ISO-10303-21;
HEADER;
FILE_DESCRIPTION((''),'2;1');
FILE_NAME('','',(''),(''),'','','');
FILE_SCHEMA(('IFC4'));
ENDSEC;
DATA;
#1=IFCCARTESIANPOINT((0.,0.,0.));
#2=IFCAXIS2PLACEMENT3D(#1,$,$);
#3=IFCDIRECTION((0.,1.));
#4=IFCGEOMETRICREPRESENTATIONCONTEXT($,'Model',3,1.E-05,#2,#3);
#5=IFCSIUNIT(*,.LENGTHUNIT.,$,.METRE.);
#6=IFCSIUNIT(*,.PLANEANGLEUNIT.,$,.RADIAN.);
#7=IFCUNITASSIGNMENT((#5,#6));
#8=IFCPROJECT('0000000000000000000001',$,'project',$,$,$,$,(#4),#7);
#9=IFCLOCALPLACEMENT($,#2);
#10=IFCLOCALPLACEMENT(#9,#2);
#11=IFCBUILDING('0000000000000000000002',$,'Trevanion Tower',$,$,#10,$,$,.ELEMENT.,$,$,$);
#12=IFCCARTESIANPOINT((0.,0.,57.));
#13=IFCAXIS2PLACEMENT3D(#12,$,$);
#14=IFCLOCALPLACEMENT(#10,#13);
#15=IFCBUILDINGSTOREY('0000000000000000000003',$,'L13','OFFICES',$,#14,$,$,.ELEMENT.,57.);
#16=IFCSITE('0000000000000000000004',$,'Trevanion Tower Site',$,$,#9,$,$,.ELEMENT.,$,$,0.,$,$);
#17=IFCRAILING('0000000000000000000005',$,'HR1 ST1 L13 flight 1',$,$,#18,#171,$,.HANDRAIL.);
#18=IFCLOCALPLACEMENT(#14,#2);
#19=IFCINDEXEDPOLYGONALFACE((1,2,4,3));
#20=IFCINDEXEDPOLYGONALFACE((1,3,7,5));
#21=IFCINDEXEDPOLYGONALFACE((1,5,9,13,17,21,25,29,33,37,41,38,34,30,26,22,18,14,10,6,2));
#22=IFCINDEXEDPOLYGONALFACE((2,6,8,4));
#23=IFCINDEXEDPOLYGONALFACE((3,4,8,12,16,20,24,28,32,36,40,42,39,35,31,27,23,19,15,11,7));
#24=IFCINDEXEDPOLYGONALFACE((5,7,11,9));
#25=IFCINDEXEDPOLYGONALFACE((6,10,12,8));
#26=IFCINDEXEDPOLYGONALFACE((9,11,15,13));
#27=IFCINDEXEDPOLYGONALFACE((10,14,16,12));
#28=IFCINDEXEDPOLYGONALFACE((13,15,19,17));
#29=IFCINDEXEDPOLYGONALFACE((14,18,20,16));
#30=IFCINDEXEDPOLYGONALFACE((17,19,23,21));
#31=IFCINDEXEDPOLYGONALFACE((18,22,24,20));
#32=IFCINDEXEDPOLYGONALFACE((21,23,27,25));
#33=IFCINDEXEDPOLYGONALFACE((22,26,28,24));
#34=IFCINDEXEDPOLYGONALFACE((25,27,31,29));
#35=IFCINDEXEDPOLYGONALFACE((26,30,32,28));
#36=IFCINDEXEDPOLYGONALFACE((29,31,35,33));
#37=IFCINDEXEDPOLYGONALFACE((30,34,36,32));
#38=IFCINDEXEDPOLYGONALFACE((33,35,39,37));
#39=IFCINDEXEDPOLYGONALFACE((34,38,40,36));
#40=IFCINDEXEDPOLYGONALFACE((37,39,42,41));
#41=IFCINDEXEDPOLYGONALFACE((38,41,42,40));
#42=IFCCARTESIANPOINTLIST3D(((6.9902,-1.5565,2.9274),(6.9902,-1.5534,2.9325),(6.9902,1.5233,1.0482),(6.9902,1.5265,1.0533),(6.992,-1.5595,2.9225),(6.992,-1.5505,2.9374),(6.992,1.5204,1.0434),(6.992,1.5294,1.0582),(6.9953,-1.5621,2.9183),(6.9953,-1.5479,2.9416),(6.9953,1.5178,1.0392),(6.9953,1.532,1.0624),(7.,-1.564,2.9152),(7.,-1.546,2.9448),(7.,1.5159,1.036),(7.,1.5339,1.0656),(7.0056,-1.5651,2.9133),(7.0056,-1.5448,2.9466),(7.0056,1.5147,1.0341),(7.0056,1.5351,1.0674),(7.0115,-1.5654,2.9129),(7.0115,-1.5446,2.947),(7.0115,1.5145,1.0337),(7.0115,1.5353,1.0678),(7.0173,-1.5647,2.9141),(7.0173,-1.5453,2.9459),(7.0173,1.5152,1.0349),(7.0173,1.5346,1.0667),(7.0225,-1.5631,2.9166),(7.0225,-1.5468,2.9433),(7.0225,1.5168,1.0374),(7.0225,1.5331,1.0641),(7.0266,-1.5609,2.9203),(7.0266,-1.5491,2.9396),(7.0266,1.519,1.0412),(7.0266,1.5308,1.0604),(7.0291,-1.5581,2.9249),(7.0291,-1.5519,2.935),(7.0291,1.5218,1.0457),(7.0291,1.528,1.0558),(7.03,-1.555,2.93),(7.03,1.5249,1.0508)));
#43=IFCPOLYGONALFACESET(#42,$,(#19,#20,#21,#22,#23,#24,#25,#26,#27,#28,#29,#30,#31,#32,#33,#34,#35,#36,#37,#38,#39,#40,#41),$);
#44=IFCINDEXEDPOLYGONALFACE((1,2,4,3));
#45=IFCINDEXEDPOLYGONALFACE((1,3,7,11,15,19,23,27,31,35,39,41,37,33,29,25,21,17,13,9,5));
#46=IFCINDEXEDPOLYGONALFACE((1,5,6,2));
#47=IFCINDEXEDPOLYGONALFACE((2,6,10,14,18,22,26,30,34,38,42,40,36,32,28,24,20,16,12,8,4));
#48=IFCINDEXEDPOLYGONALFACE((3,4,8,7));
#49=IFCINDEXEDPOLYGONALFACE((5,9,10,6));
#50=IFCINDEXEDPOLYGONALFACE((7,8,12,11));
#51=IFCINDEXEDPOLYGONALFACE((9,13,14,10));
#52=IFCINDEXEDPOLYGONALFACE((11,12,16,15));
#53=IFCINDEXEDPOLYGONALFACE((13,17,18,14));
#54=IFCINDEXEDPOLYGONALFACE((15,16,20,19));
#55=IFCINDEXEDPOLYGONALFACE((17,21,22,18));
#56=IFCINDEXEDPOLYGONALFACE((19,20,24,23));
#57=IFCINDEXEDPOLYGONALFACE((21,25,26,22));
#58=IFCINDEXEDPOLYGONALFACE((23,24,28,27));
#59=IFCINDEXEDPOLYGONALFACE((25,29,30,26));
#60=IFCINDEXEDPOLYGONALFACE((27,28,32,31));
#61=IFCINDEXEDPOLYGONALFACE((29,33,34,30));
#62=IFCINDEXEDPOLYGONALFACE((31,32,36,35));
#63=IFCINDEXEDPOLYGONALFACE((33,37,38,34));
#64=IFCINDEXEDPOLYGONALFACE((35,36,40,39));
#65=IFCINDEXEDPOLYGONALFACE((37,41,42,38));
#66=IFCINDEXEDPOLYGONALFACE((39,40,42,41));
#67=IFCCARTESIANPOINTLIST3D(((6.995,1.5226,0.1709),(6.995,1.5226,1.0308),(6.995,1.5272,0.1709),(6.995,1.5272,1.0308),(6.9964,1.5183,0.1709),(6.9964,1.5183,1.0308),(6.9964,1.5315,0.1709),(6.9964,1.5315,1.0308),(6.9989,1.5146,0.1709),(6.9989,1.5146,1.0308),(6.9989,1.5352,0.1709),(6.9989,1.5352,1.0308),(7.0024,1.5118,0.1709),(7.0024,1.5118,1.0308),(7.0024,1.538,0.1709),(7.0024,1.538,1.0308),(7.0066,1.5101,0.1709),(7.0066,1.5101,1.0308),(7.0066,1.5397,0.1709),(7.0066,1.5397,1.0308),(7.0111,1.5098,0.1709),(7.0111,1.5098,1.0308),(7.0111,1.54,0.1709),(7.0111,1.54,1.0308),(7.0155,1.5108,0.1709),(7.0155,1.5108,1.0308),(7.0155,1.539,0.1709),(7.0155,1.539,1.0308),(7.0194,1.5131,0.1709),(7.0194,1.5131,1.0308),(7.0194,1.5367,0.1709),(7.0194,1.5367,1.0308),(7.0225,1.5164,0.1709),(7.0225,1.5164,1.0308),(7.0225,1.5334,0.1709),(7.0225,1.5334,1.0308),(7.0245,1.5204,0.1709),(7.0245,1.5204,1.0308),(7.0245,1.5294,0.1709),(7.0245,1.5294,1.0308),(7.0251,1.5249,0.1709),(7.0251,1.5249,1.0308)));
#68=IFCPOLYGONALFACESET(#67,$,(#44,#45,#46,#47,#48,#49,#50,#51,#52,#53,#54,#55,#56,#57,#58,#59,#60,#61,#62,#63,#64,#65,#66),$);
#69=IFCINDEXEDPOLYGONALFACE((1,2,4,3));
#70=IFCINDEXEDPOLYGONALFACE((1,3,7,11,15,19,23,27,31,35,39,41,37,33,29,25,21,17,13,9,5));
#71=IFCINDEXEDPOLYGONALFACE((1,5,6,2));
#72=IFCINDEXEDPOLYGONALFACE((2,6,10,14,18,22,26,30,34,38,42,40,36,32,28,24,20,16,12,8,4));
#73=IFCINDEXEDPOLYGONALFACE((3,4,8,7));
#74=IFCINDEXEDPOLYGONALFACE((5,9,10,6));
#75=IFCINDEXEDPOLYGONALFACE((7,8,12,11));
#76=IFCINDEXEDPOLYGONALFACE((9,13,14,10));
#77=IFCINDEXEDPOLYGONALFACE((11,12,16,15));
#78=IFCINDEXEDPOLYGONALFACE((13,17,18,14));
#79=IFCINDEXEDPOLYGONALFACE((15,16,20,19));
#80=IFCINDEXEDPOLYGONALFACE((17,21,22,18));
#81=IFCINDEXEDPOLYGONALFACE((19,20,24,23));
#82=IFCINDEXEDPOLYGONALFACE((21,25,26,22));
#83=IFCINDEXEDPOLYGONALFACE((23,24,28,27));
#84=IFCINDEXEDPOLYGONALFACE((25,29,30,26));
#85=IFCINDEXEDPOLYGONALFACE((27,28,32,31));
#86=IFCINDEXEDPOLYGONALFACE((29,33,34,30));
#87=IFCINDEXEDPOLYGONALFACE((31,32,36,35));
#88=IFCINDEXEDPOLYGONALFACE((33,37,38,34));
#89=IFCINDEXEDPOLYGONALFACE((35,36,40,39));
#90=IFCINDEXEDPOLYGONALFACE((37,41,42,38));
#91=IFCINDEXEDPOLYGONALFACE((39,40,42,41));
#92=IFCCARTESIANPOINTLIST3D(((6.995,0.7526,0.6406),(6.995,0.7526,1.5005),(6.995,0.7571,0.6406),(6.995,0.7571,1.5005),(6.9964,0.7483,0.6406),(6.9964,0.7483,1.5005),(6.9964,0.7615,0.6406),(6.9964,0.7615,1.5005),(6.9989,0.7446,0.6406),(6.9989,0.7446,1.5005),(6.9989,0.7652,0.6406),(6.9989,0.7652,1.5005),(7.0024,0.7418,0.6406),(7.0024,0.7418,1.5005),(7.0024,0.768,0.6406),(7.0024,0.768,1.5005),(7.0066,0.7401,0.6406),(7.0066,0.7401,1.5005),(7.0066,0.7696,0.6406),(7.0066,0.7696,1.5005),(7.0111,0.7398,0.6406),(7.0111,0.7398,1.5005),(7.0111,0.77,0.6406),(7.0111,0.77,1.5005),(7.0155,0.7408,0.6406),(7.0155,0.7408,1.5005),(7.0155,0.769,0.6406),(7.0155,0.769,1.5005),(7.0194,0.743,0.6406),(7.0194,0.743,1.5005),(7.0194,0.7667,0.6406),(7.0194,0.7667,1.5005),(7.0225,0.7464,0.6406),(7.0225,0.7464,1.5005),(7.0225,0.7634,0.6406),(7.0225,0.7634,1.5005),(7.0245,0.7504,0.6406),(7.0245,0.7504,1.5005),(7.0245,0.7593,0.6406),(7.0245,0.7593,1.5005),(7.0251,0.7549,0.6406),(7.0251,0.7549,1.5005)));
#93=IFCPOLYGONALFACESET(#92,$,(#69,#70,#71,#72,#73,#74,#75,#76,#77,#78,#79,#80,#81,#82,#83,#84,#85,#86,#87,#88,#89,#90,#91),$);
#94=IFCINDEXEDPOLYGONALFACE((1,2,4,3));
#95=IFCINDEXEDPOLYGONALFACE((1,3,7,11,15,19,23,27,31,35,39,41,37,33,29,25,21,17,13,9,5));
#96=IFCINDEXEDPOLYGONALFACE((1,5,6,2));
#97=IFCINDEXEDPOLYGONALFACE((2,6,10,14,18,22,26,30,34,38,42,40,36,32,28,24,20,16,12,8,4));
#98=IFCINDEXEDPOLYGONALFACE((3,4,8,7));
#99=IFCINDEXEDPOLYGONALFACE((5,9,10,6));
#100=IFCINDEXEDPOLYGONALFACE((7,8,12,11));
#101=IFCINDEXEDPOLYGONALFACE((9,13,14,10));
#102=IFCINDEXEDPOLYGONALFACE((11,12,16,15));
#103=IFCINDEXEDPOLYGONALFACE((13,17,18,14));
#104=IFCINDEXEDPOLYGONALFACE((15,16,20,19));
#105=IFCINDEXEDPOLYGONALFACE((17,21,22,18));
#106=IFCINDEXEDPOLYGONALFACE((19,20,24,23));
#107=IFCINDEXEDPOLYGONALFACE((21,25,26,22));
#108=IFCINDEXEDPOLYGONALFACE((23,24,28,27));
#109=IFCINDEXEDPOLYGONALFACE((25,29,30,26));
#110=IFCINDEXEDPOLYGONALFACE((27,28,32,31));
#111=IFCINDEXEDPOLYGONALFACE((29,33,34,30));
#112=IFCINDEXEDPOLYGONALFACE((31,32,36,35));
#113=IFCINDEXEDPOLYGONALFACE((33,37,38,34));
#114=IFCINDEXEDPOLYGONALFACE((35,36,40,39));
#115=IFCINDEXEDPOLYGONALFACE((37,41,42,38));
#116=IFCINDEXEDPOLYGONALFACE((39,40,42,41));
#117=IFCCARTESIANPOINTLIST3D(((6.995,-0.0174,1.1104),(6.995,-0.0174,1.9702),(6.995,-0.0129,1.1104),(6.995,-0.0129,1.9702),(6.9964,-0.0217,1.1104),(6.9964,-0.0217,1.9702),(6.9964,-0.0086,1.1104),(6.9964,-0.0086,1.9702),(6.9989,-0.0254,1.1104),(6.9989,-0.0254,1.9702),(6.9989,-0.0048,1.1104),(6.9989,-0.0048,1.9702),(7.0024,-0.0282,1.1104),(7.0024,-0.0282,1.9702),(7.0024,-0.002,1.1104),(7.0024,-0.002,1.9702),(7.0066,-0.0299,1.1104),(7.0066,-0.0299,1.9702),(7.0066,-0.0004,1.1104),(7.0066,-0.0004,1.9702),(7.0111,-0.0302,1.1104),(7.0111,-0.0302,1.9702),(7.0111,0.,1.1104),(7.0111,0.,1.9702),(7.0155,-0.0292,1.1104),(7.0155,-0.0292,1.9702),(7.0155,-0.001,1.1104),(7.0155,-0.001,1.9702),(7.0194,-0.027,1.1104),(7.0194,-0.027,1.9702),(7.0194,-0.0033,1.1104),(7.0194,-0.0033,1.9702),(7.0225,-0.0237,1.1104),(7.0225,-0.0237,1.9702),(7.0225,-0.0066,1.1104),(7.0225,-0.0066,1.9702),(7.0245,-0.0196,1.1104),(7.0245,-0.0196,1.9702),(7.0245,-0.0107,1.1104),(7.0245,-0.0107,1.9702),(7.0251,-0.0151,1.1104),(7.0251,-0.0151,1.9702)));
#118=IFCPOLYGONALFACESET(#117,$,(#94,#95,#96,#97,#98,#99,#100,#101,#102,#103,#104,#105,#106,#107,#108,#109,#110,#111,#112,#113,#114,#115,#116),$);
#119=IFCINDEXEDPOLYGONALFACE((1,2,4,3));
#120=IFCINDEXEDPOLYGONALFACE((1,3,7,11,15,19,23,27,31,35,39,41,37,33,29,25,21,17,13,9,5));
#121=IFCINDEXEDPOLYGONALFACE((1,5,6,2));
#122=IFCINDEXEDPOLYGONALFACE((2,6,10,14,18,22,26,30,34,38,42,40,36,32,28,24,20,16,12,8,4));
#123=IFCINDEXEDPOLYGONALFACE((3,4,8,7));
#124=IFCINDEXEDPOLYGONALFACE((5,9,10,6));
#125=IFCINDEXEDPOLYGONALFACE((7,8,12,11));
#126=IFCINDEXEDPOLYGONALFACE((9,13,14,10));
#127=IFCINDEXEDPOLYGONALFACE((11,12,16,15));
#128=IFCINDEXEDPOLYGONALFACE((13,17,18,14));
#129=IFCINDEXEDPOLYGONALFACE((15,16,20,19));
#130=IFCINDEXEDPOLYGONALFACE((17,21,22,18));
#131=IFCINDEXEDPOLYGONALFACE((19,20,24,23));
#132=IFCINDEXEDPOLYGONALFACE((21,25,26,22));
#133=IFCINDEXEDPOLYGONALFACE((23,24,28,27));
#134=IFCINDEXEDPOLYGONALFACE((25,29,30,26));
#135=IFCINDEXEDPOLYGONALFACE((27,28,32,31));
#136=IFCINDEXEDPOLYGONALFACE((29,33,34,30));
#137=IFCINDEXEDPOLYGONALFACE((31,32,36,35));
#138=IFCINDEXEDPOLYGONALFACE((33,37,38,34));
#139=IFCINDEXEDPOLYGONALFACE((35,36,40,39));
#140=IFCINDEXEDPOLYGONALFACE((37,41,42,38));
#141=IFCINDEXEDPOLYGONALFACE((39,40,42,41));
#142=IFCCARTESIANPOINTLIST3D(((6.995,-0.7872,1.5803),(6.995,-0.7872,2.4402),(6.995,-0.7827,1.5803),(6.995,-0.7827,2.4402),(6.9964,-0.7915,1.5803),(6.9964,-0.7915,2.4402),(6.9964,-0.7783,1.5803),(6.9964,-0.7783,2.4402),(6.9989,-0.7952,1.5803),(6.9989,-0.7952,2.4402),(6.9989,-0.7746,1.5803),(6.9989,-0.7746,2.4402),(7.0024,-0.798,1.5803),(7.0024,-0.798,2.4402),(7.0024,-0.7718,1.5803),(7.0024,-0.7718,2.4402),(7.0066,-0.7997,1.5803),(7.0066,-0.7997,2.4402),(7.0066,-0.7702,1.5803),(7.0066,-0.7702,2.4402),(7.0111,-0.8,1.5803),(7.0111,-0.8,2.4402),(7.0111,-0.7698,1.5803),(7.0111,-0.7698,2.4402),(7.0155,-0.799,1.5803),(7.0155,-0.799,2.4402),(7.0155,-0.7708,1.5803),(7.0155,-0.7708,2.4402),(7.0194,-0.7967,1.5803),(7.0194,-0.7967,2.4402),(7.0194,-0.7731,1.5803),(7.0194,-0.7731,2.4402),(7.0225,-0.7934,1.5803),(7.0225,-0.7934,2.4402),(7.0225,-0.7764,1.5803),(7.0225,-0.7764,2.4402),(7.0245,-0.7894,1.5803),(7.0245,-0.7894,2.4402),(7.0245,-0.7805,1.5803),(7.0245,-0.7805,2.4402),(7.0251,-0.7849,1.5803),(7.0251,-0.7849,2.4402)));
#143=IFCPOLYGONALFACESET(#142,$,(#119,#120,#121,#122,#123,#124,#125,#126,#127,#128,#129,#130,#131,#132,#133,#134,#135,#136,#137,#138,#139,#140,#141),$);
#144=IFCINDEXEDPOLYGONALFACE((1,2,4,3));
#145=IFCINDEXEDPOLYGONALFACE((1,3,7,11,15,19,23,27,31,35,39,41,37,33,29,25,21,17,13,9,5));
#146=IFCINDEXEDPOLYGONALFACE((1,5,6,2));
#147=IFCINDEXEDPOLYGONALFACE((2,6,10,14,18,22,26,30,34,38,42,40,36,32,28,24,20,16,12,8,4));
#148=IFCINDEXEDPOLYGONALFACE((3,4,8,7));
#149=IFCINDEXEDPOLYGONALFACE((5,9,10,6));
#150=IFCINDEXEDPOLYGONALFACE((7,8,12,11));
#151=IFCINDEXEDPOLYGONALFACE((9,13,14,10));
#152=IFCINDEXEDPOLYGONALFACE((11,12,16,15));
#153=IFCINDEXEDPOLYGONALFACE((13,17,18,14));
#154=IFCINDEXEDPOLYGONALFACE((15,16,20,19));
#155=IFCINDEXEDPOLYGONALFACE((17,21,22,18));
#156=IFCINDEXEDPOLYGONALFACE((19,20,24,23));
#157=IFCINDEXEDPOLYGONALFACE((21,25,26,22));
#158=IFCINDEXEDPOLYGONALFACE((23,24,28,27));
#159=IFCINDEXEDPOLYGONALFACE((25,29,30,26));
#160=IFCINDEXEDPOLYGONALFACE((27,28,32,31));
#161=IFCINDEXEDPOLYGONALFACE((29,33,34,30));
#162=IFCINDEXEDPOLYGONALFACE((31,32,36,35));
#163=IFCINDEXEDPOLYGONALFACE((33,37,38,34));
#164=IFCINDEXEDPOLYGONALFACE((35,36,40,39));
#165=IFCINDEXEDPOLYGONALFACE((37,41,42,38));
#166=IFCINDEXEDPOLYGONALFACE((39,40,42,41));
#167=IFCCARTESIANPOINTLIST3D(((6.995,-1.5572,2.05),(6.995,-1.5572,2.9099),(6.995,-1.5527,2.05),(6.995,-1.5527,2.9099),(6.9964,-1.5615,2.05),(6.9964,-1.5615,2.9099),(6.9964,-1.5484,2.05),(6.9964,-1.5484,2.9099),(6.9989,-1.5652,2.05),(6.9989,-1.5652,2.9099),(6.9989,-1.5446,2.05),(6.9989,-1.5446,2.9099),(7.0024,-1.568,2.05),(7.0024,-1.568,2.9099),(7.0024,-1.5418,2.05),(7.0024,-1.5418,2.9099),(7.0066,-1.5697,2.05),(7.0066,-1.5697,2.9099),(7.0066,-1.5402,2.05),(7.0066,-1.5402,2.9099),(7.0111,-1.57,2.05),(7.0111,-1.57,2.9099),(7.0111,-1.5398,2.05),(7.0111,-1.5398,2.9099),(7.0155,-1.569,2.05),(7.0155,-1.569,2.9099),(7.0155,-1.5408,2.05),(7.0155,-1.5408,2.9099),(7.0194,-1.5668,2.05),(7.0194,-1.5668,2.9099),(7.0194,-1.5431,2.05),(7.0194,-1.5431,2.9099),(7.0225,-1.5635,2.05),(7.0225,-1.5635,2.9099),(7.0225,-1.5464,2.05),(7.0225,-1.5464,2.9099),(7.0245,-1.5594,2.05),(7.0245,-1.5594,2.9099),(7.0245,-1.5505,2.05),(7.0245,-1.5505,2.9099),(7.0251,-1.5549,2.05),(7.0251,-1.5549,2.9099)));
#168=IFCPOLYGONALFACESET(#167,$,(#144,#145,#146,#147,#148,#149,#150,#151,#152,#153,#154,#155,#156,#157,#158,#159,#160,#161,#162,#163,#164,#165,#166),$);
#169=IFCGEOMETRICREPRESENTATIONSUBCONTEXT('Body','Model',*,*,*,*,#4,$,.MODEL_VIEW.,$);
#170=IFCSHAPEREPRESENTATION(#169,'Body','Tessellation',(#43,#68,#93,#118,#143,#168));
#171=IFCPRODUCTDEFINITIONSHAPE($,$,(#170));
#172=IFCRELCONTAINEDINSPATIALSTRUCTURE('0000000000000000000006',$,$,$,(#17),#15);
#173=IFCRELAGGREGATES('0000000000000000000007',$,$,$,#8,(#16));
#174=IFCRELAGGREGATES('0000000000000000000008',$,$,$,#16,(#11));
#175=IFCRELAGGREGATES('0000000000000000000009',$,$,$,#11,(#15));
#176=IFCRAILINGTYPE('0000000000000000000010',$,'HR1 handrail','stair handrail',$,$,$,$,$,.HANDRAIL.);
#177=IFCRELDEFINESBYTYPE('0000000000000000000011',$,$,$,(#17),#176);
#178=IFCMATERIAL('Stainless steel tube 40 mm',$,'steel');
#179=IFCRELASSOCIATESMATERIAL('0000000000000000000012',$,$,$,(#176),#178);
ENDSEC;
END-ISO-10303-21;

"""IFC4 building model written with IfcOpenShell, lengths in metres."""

from ifc_helpers import new_model, si_unit, direction, frame, origin, origin_2d, place, context, subcontext, project, spatial, circle, extrude, material, type_object, element, save


model = new_model("IFC4")

# Units and contexts
model_context = context("Model", 3, precision=1e-05, world=origin(), true_north=direction((0.0, 1.0)))
body_context = subcontext(model_context, "Body", "Model", "MODEL_VIEW")
ifc_project = project(units=[si_unit("LENGTHUNIT", "METRE"), si_unit("PLANEANGLEUNIT", "RADIAN")], contexts=[model_context])

# Site, building, storey
site_placement = place(None, origin())
site = spatial("IfcSite", under=ifc_project, at=site_placement, Name="Trevanion Tower Site", CompositionType="ELEMENT", RefElevation=0.0)
building_placement = place(site_placement, origin())
building = spatial("IfcBuilding", under=site, at=building_placement, Name="Trevanion Tower", CompositionType="ELEMENT")
storey_placement = place(building_placement, frame((0.0, 0.0, 57.0)))
storey = spatial("IfcBuildingStorey", under=building, at=storey_placement, Name="L13", Description="OFFICES", CompositionType="ELEMENT", Elevation=57.0)

# Railing
ifc_material_1 = material(Name="Stainless steel tube 40 mm", Category="steel")
railing_type = type_object("IfcRailingType", Name="HR1 handrail", Description="stair handrail", PredefinedType="HANDRAIL", material=ifc_material_1)
for number, where, name in (
    (1, (7.01, 1.5249, 0.1709), "HR1 ST1 L13 flight 1"),
):
    element("IfcRailing", number, at=place(storey_placement, frame(where)), inside=storey, type_object=railing_type, Name=name, PredefinedType="HANDRAIL", context=body_context, shape_type="SweptSolid", body=[
        extrude(circle(Radius=0.02, at=origin_2d()), frame((0.0, 0.0, 0.8799), z_axis=(0.0, -0.853648, 0.52085), x_axis=(1.0, 0.0, 0.0)), (0.0, 0.0, 1.0), 3.6079),
        extrude(circle(Radius=0.0151, at=origin_2d()), origin(), (0.0, 0.0, 1.0), 0.8599),
        extrude(circle(Radius=0.0151, at=origin_2d()), frame((0.0, -0.77, 0.4697)), (0.0, 0.0, 1.0), 0.8599),
        extrude(circle(Radius=0.0151, at=origin_2d()), frame((0.0, -1.54, 0.9395)), (0.0, 0.0, 1.0), 0.8599),
        extrude(circle(Radius=0.0151, at=origin_2d()), frame((0.0, -2.3098, 1.4094)), (0.0, 0.0, 1.0), 0.8599),
        extrude(circle(Radius=0.0151, at=origin_2d()), frame((0.0, -3.0798, 1.8792)), (0.0, 0.0, 1.0), 0.8599),
    ])

save(model, "model.ifc")
